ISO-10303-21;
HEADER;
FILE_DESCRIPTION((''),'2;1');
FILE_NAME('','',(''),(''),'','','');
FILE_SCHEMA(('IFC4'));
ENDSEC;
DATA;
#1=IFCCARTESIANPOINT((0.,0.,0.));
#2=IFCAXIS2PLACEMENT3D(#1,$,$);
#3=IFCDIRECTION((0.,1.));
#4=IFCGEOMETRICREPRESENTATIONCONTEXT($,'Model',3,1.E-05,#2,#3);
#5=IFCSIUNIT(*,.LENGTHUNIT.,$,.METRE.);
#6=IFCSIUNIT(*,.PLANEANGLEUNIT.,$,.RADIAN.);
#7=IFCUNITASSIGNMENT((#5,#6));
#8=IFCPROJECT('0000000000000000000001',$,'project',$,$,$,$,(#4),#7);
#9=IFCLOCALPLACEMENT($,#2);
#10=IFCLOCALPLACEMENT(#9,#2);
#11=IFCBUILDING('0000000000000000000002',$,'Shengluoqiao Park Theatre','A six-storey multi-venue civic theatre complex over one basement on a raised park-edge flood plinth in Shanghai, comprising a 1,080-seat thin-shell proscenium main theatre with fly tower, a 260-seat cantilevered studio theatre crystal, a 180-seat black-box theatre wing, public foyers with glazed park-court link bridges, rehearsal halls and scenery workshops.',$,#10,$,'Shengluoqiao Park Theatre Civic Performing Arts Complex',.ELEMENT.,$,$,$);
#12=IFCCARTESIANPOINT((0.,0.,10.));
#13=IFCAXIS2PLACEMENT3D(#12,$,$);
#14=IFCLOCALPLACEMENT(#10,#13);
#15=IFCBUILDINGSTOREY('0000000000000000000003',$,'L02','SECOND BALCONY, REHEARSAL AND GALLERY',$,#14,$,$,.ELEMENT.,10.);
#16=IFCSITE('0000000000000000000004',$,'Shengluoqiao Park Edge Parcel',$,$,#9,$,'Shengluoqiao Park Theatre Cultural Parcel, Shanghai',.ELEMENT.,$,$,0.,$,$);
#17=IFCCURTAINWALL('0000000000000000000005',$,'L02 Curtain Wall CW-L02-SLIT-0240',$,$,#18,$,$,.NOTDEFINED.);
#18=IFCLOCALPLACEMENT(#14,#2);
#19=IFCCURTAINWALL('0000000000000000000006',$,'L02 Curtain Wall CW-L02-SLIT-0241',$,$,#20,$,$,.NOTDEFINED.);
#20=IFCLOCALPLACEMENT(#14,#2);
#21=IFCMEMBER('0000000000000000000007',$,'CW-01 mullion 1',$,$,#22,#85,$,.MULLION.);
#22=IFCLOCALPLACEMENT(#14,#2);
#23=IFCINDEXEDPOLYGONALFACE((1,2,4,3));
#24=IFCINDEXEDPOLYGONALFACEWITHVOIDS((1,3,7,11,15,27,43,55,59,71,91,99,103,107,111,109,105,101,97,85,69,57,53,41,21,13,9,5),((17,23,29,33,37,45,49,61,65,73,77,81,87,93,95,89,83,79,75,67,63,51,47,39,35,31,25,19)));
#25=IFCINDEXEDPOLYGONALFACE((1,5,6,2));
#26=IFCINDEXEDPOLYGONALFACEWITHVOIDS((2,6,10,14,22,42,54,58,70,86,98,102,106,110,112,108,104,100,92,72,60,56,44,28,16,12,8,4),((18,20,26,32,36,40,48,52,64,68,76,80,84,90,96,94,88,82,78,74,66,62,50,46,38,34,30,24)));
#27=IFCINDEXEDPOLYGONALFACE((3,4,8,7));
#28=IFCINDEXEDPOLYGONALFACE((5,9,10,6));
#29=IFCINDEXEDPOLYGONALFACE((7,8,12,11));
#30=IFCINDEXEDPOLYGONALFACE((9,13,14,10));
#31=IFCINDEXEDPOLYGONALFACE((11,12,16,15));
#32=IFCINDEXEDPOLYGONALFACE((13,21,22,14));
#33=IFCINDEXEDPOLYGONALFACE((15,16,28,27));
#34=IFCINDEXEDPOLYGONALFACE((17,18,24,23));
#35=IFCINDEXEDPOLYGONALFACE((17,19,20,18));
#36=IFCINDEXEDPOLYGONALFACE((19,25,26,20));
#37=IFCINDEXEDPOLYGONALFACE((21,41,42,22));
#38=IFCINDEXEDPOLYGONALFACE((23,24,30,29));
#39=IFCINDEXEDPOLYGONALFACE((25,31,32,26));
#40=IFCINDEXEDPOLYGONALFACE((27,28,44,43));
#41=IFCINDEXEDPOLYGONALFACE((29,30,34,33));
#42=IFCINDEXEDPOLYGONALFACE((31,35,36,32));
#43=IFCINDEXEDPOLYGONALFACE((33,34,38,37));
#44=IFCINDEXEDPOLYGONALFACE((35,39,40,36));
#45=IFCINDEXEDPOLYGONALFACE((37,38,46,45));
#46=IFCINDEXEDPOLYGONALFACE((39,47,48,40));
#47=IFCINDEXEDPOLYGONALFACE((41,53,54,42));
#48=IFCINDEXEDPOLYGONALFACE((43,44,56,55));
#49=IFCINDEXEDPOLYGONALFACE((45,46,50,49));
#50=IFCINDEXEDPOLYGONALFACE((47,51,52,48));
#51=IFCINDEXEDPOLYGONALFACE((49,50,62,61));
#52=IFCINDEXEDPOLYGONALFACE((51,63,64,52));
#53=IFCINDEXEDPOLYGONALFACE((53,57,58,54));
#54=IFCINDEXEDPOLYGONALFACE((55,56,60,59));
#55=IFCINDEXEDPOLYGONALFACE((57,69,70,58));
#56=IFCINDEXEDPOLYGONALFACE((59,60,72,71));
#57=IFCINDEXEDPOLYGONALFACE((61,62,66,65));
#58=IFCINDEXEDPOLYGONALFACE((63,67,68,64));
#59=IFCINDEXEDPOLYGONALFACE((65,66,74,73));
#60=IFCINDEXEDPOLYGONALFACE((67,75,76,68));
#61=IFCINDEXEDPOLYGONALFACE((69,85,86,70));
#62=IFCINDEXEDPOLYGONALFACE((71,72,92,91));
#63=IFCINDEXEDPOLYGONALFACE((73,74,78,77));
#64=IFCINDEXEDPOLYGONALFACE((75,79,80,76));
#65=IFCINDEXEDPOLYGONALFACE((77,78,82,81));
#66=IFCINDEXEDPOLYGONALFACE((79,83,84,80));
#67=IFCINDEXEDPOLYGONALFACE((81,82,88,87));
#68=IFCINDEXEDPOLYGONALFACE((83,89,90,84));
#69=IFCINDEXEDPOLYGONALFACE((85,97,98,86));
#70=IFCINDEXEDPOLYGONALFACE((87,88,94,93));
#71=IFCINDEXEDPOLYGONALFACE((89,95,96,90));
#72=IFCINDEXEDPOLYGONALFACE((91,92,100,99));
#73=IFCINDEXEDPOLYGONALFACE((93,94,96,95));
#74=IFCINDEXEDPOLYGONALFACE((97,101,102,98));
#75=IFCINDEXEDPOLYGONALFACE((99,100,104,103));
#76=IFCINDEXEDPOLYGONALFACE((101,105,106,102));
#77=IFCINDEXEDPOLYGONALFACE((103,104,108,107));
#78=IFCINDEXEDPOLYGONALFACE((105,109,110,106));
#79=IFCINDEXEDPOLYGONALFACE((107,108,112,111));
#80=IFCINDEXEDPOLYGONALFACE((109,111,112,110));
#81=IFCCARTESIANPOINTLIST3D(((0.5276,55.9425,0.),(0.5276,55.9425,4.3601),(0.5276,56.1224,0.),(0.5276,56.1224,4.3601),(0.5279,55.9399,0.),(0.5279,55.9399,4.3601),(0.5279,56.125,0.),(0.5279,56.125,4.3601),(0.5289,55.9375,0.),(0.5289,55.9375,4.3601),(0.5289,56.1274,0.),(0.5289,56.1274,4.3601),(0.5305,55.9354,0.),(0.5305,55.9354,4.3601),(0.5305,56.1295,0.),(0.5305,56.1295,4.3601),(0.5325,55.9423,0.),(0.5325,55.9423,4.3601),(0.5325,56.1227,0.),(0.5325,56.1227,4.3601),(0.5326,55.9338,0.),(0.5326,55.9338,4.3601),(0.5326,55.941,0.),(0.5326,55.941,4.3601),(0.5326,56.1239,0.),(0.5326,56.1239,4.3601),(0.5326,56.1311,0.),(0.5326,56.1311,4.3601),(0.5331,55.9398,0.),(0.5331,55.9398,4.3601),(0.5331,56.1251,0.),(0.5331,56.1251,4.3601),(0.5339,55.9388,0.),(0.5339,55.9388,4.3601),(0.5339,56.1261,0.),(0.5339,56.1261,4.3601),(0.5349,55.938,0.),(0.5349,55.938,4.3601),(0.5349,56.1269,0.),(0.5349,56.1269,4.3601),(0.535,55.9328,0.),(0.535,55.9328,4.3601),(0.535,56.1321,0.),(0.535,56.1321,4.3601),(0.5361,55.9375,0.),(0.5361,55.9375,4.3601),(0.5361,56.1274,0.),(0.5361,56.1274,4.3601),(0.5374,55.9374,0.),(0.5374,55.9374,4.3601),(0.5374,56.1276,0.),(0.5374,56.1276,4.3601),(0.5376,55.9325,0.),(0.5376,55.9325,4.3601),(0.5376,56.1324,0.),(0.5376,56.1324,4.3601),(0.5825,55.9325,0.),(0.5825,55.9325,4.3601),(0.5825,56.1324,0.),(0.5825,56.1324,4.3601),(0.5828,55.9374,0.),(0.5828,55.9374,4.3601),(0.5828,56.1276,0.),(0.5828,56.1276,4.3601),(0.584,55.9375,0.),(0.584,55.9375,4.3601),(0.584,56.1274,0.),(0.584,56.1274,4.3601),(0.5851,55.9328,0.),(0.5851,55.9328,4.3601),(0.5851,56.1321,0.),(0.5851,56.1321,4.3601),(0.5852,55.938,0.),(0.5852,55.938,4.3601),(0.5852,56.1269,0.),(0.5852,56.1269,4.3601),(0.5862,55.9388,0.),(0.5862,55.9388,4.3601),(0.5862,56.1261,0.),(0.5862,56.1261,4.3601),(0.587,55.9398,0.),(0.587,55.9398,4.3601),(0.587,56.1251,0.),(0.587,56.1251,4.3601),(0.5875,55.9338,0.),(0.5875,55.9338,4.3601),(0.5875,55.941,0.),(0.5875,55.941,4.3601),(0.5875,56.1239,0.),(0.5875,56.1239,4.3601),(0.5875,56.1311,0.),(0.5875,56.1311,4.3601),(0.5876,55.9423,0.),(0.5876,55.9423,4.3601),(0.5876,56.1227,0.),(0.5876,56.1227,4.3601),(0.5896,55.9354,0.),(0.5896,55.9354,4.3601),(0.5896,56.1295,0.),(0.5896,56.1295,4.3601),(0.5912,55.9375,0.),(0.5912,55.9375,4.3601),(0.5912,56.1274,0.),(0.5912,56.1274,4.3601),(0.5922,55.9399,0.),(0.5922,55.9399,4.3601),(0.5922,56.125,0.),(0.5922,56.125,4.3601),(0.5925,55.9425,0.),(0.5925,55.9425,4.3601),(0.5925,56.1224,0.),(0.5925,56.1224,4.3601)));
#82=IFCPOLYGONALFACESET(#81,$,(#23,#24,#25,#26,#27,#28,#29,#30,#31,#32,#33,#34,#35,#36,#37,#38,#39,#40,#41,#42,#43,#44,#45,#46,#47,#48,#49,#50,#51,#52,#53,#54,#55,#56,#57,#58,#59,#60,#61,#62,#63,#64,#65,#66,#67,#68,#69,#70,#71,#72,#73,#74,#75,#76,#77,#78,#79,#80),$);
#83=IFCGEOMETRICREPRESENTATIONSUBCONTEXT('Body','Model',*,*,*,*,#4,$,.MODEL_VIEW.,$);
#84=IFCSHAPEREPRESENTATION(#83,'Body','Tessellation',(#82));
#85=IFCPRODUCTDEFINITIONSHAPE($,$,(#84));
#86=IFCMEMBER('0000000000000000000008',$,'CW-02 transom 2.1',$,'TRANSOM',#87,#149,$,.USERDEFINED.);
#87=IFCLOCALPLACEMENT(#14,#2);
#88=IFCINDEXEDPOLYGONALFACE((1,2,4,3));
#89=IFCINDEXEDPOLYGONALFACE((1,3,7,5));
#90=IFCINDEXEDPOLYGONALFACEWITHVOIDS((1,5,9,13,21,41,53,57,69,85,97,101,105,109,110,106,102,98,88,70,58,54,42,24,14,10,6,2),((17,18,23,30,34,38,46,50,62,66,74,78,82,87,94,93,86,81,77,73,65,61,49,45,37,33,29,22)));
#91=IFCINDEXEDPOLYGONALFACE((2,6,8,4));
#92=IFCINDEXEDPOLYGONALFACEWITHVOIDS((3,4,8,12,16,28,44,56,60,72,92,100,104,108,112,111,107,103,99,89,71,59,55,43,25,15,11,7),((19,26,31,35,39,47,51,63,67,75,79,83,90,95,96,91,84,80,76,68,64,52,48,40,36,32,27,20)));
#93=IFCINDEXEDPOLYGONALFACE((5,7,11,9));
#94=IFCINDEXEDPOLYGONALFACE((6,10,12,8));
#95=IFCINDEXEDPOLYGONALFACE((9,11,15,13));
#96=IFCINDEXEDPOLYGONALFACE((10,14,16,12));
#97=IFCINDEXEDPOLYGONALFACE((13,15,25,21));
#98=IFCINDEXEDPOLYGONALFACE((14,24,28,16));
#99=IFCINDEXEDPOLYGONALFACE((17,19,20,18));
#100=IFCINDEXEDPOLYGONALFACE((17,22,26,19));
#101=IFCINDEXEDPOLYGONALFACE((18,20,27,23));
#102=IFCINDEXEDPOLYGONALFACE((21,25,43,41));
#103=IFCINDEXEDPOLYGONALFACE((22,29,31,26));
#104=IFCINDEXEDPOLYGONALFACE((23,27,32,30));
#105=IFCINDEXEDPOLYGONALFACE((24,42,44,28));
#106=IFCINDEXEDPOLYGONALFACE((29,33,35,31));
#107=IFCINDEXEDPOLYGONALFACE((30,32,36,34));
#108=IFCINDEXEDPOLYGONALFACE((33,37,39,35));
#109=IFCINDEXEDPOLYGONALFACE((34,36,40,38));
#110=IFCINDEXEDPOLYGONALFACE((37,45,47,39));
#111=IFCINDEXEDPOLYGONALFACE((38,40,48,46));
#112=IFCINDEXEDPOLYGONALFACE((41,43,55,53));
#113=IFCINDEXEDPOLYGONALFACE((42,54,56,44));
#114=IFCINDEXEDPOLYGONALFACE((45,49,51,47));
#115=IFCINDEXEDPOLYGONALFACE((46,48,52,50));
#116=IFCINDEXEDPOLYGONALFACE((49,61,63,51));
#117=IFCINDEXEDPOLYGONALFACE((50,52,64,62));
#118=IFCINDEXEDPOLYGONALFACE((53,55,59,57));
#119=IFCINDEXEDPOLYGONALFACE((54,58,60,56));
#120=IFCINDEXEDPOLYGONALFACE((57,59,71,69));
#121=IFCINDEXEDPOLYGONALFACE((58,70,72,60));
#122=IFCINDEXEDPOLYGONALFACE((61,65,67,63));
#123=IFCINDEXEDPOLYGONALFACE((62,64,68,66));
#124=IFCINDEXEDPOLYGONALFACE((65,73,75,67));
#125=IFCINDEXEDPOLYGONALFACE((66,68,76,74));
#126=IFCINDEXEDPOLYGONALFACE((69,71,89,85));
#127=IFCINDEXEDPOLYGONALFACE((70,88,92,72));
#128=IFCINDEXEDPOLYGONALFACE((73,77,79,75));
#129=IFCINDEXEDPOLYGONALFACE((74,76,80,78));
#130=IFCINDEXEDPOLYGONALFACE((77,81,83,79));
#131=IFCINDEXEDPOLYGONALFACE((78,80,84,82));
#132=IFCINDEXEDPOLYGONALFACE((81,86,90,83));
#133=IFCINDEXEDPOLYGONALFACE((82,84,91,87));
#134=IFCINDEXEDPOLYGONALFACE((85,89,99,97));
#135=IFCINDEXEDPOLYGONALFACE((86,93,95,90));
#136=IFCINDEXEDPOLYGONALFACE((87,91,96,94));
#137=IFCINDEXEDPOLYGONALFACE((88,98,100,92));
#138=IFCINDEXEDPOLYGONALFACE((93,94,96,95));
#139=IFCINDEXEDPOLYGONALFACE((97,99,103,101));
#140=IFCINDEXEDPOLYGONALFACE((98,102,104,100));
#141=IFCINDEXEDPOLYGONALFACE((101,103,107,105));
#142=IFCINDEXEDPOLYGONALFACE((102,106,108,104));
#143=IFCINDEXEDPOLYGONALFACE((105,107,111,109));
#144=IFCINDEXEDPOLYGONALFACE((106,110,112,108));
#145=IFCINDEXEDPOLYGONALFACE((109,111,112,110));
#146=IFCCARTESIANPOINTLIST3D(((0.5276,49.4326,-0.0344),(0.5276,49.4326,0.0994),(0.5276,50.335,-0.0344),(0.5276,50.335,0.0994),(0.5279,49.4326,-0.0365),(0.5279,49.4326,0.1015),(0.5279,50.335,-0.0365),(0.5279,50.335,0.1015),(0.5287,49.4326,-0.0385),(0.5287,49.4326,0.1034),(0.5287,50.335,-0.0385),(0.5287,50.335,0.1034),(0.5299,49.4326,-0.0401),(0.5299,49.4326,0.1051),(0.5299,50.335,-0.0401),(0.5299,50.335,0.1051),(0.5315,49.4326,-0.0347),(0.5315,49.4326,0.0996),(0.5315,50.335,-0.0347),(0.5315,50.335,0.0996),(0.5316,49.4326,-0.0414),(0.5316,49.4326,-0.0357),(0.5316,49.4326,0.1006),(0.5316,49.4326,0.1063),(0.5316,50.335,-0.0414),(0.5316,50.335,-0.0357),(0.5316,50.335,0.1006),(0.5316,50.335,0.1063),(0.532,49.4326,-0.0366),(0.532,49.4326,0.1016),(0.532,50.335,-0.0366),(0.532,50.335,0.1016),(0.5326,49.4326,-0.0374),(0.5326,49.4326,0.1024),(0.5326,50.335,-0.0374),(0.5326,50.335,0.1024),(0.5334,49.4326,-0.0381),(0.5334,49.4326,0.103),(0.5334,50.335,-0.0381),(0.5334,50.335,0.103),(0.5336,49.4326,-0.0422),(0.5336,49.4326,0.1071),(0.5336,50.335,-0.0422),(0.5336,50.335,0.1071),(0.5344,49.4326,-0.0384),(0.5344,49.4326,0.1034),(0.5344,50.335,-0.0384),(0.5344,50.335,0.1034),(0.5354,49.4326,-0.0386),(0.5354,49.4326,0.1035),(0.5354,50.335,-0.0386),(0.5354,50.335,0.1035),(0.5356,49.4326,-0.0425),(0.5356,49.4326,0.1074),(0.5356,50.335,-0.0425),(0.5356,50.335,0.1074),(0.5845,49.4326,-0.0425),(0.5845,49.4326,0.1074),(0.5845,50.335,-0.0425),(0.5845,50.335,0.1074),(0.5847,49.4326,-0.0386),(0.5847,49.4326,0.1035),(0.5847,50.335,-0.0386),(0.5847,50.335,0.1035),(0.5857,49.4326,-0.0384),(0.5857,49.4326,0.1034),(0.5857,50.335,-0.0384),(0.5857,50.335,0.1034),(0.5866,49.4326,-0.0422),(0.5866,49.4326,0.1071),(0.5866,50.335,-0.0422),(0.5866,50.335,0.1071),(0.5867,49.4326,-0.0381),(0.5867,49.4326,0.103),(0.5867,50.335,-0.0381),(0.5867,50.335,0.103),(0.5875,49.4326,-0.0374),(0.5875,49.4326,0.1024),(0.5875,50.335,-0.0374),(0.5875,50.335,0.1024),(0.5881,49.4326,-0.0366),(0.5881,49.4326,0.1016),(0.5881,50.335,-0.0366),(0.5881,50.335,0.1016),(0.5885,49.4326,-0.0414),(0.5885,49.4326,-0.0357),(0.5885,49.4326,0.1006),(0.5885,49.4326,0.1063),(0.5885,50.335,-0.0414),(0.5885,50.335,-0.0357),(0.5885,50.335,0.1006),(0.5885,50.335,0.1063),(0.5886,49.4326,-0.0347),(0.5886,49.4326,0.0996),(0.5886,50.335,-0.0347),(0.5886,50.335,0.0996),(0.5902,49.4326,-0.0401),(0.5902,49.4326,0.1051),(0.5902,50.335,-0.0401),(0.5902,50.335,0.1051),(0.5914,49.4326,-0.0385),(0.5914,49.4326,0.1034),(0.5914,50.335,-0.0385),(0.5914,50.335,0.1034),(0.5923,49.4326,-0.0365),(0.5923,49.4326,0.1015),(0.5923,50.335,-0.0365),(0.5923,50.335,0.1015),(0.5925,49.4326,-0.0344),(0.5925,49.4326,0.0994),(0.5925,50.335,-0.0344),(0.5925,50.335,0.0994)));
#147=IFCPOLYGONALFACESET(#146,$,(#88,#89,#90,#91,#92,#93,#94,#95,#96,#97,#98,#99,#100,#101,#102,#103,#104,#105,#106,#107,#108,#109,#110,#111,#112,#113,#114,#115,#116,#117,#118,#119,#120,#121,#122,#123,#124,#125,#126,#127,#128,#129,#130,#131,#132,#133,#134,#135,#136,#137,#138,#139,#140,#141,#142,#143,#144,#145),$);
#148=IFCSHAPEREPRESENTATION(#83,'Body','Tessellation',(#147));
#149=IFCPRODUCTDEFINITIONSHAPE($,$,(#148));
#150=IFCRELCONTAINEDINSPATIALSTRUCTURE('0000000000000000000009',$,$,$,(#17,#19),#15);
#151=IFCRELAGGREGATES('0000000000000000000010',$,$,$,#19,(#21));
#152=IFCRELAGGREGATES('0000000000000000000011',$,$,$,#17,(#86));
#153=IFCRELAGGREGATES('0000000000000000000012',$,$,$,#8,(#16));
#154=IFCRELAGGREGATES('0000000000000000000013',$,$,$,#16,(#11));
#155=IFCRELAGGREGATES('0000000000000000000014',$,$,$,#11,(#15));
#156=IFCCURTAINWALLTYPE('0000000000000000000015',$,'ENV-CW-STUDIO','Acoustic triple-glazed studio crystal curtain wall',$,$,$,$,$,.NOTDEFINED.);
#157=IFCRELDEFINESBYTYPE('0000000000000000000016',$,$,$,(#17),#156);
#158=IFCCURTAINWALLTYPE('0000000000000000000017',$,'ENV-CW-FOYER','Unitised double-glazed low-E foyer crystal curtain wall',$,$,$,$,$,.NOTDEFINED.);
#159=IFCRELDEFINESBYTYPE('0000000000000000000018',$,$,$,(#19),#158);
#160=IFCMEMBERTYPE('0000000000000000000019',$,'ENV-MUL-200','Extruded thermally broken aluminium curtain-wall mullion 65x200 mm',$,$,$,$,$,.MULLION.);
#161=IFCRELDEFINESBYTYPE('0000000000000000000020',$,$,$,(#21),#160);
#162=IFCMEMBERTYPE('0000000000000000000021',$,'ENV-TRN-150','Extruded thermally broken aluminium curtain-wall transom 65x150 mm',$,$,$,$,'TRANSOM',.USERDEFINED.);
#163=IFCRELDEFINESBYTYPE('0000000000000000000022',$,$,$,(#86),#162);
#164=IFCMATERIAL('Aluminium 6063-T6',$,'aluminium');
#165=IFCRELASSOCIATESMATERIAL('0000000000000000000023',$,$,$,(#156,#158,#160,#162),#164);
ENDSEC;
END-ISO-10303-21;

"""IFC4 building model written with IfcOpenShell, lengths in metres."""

from ifc_helpers import new_model, si_unit, direction, frame, origin, origin_2d, place, context, subcontext, project, spatial, hollow_rectangle, extrude, material, material_profile, profile_set, type_object, element, aggregate, save


model = new_model("IFC4")

# Units and contexts
model_context = context("Model", 3, precision=1e-05, world=origin(), true_north=direction((0.0, 1.0)))
body_context = subcontext(model_context, "Body", "Model", "MODEL_VIEW")
ifc_project = project(units=[si_unit("LENGTHUNIT", "METRE"), si_unit("PLANEANGLEUNIT", "RADIAN")], contexts=[model_context])

# Site, building, storey
site_placement = place(None, origin())
site = spatial("IfcSite", under=ifc_project, at=site_placement, Name="Shengluoqiao Park Edge Parcel", LongName="Shengluoqiao Park Theatre Cultural Parcel, Shanghai", CompositionType="ELEMENT", RefElevation=0.0)
building_placement = place(site_placement, origin())
building = spatial("IfcBuilding", under=site, at=building_placement, Name="Shengluoqiao Park Theatre", Description="A six-storey multi-venue civic theatre complex over one basement on a raised park-edge flood plinth in Shanghai, comprising a 1,080-seat thin-shell proscenium main theatre with fly tower, a 260-seat cantilevered studio theatre crystal, a 180-seat black-box theatre wing, public foyers with glazed park-court link bridges, rehearsal halls and scenery workshops.", LongName="Shengluoqiao Park Theatre Civic Performing Arts Complex", CompositionType="ELEMENT")
storey_placement = place(building_placement, frame((0.0, 0.0, 10.0)))
storey = spatial("IfcBuildingStorey", under=building, at=storey_placement, Name="L02", Description="SECOND BALCONY, REHEARSAL AND GALLERY", CompositionType="ELEMENT", Elevation=10.0)

# Curtain wall
ifc_material_1 = material(Name="Aluminium 6063-T6", Category="aluminium")
curtain_wall_type_1 = type_object("IfcCurtainWallType", Name="ENV-CW-STUDIO", Description="Acoustic triple-glazed studio crystal curtain wall", PredefinedType="NOTDEFINED", material=ifc_material_1)
curtain_wall_1_placement = place(storey_placement, origin())
curtain_wall_1 = element("IfcCurtainWall", 1, at=curtain_wall_1_placement, inside=storey, type_object=curtain_wall_type_1, Name="L02 Curtain Wall CW-L02-SLIT-0240", PredefinedType="NOTDEFINED")
ifc_material_profile_1 = material_profile(ifc_material_1, hollow_rectangle(XDim=0.0649, YDim=0.2, WallThickness=0.0049, InnerFilletRadius=0.0049, OuterFilletRadius=0.01, at=origin_2d()), Name="ALU MULLION 200x65x5")
ifc_profile_set_1 = profile_set([ifc_material_profile_1], Name="Aluminium 6063-T6")
member_type_1 = type_object("IfcMemberType", Name="ENV-MUL-200", Description="Extruded thermally broken aluminium curtain-wall mullion 65x200 mm", PredefinedType="MULLION", material=ifc_profile_set_1)

# Curtain wall, member
curtain_wall_type_2 = type_object("IfcCurtainWallType", Name="ENV-CW-FOYER", Description="Unitised double-glazed low-E foyer crystal curtain wall", PredefinedType="NOTDEFINED", material=ifc_material_1)
curtain_wall_2_placement = place(storey_placement, origin())
curtain_wall_2 = element("IfcCurtainWall", 2, at=curtain_wall_2_placement, inside=storey, type_object=curtain_wall_type_2, Name="L02 Curtain Wall CW-L02-SLIT-0241", PredefinedType="NOTDEFINED")
member_1_placement = place(storey_placement, frame((0.5601, 56.0325, 0.0), z_axis=(0.0, 0.0, 1.0), x_axis=(-1.0, 0.0, 0.0)))
member_1 = element("IfcMember", 3, at=member_1_placement, type_object=member_type_1, Name="CW-01 mullion 1", PredefinedType="MULLION", context=body_context, shape_type="SweptSolid", body=[
    extrude(hollow_rectangle(XDim=0.0649, YDim=0.2, WallThickness=0.0049, InnerFilletRadius=0.0049, OuterFilletRadius=0.01, at=origin_2d()), origin(), (0.0, 0.0, 1.0), 4.3601),
])

# Member
ifc_material_profile_2 = material_profile(ifc_material_1, hollow_rectangle(XDim=0.0649, YDim=0.1499, WallThickness=0.0039, InnerFilletRadius=0.0039, OuterFilletRadius=0.0081, at=origin_2d()), Name="ALU TRANSOM 150x65x4")
ifc_profile_set_2 = profile_set([ifc_material_profile_2], Name="Aluminium 6063-T6")
member_type_2 = type_object("IfcMemberType", Name="ENV-TRN-150", Description="Extruded thermally broken aluminium curtain-wall transom 65x150 mm", ElementType="TRANSOM", PredefinedType="USERDEFINED", material=ifc_profile_set_2)
member_2_placement = place(storey_placement, frame((0.5601, 49.4326, 0.0325), z_axis=(0.0, 1.0, 0.0), x_axis=(-1.0, 0.0, 0.0)))
member_2 = element("IfcMember", 4, at=member_2_placement, type_object=member_type_2, Name="CW-02 transom 2.1", ObjectType="TRANSOM", PredefinedType="USERDEFINED", context=body_context, shape_type="SweptSolid", body=[
    extrude(hollow_rectangle(XDim=0.0649, YDim=0.1499, WallThickness=0.0039, InnerFilletRadius=0.0039, OuterFilletRadius=0.0081, at=origin_2d()), origin(), (0.0, 0.0, 1.0), 0.9023),
])
aggregate(curtain_wall_2, [member_1])

aggregate(curtain_wall_1, [member_2])

save(model, "model.ifc")
